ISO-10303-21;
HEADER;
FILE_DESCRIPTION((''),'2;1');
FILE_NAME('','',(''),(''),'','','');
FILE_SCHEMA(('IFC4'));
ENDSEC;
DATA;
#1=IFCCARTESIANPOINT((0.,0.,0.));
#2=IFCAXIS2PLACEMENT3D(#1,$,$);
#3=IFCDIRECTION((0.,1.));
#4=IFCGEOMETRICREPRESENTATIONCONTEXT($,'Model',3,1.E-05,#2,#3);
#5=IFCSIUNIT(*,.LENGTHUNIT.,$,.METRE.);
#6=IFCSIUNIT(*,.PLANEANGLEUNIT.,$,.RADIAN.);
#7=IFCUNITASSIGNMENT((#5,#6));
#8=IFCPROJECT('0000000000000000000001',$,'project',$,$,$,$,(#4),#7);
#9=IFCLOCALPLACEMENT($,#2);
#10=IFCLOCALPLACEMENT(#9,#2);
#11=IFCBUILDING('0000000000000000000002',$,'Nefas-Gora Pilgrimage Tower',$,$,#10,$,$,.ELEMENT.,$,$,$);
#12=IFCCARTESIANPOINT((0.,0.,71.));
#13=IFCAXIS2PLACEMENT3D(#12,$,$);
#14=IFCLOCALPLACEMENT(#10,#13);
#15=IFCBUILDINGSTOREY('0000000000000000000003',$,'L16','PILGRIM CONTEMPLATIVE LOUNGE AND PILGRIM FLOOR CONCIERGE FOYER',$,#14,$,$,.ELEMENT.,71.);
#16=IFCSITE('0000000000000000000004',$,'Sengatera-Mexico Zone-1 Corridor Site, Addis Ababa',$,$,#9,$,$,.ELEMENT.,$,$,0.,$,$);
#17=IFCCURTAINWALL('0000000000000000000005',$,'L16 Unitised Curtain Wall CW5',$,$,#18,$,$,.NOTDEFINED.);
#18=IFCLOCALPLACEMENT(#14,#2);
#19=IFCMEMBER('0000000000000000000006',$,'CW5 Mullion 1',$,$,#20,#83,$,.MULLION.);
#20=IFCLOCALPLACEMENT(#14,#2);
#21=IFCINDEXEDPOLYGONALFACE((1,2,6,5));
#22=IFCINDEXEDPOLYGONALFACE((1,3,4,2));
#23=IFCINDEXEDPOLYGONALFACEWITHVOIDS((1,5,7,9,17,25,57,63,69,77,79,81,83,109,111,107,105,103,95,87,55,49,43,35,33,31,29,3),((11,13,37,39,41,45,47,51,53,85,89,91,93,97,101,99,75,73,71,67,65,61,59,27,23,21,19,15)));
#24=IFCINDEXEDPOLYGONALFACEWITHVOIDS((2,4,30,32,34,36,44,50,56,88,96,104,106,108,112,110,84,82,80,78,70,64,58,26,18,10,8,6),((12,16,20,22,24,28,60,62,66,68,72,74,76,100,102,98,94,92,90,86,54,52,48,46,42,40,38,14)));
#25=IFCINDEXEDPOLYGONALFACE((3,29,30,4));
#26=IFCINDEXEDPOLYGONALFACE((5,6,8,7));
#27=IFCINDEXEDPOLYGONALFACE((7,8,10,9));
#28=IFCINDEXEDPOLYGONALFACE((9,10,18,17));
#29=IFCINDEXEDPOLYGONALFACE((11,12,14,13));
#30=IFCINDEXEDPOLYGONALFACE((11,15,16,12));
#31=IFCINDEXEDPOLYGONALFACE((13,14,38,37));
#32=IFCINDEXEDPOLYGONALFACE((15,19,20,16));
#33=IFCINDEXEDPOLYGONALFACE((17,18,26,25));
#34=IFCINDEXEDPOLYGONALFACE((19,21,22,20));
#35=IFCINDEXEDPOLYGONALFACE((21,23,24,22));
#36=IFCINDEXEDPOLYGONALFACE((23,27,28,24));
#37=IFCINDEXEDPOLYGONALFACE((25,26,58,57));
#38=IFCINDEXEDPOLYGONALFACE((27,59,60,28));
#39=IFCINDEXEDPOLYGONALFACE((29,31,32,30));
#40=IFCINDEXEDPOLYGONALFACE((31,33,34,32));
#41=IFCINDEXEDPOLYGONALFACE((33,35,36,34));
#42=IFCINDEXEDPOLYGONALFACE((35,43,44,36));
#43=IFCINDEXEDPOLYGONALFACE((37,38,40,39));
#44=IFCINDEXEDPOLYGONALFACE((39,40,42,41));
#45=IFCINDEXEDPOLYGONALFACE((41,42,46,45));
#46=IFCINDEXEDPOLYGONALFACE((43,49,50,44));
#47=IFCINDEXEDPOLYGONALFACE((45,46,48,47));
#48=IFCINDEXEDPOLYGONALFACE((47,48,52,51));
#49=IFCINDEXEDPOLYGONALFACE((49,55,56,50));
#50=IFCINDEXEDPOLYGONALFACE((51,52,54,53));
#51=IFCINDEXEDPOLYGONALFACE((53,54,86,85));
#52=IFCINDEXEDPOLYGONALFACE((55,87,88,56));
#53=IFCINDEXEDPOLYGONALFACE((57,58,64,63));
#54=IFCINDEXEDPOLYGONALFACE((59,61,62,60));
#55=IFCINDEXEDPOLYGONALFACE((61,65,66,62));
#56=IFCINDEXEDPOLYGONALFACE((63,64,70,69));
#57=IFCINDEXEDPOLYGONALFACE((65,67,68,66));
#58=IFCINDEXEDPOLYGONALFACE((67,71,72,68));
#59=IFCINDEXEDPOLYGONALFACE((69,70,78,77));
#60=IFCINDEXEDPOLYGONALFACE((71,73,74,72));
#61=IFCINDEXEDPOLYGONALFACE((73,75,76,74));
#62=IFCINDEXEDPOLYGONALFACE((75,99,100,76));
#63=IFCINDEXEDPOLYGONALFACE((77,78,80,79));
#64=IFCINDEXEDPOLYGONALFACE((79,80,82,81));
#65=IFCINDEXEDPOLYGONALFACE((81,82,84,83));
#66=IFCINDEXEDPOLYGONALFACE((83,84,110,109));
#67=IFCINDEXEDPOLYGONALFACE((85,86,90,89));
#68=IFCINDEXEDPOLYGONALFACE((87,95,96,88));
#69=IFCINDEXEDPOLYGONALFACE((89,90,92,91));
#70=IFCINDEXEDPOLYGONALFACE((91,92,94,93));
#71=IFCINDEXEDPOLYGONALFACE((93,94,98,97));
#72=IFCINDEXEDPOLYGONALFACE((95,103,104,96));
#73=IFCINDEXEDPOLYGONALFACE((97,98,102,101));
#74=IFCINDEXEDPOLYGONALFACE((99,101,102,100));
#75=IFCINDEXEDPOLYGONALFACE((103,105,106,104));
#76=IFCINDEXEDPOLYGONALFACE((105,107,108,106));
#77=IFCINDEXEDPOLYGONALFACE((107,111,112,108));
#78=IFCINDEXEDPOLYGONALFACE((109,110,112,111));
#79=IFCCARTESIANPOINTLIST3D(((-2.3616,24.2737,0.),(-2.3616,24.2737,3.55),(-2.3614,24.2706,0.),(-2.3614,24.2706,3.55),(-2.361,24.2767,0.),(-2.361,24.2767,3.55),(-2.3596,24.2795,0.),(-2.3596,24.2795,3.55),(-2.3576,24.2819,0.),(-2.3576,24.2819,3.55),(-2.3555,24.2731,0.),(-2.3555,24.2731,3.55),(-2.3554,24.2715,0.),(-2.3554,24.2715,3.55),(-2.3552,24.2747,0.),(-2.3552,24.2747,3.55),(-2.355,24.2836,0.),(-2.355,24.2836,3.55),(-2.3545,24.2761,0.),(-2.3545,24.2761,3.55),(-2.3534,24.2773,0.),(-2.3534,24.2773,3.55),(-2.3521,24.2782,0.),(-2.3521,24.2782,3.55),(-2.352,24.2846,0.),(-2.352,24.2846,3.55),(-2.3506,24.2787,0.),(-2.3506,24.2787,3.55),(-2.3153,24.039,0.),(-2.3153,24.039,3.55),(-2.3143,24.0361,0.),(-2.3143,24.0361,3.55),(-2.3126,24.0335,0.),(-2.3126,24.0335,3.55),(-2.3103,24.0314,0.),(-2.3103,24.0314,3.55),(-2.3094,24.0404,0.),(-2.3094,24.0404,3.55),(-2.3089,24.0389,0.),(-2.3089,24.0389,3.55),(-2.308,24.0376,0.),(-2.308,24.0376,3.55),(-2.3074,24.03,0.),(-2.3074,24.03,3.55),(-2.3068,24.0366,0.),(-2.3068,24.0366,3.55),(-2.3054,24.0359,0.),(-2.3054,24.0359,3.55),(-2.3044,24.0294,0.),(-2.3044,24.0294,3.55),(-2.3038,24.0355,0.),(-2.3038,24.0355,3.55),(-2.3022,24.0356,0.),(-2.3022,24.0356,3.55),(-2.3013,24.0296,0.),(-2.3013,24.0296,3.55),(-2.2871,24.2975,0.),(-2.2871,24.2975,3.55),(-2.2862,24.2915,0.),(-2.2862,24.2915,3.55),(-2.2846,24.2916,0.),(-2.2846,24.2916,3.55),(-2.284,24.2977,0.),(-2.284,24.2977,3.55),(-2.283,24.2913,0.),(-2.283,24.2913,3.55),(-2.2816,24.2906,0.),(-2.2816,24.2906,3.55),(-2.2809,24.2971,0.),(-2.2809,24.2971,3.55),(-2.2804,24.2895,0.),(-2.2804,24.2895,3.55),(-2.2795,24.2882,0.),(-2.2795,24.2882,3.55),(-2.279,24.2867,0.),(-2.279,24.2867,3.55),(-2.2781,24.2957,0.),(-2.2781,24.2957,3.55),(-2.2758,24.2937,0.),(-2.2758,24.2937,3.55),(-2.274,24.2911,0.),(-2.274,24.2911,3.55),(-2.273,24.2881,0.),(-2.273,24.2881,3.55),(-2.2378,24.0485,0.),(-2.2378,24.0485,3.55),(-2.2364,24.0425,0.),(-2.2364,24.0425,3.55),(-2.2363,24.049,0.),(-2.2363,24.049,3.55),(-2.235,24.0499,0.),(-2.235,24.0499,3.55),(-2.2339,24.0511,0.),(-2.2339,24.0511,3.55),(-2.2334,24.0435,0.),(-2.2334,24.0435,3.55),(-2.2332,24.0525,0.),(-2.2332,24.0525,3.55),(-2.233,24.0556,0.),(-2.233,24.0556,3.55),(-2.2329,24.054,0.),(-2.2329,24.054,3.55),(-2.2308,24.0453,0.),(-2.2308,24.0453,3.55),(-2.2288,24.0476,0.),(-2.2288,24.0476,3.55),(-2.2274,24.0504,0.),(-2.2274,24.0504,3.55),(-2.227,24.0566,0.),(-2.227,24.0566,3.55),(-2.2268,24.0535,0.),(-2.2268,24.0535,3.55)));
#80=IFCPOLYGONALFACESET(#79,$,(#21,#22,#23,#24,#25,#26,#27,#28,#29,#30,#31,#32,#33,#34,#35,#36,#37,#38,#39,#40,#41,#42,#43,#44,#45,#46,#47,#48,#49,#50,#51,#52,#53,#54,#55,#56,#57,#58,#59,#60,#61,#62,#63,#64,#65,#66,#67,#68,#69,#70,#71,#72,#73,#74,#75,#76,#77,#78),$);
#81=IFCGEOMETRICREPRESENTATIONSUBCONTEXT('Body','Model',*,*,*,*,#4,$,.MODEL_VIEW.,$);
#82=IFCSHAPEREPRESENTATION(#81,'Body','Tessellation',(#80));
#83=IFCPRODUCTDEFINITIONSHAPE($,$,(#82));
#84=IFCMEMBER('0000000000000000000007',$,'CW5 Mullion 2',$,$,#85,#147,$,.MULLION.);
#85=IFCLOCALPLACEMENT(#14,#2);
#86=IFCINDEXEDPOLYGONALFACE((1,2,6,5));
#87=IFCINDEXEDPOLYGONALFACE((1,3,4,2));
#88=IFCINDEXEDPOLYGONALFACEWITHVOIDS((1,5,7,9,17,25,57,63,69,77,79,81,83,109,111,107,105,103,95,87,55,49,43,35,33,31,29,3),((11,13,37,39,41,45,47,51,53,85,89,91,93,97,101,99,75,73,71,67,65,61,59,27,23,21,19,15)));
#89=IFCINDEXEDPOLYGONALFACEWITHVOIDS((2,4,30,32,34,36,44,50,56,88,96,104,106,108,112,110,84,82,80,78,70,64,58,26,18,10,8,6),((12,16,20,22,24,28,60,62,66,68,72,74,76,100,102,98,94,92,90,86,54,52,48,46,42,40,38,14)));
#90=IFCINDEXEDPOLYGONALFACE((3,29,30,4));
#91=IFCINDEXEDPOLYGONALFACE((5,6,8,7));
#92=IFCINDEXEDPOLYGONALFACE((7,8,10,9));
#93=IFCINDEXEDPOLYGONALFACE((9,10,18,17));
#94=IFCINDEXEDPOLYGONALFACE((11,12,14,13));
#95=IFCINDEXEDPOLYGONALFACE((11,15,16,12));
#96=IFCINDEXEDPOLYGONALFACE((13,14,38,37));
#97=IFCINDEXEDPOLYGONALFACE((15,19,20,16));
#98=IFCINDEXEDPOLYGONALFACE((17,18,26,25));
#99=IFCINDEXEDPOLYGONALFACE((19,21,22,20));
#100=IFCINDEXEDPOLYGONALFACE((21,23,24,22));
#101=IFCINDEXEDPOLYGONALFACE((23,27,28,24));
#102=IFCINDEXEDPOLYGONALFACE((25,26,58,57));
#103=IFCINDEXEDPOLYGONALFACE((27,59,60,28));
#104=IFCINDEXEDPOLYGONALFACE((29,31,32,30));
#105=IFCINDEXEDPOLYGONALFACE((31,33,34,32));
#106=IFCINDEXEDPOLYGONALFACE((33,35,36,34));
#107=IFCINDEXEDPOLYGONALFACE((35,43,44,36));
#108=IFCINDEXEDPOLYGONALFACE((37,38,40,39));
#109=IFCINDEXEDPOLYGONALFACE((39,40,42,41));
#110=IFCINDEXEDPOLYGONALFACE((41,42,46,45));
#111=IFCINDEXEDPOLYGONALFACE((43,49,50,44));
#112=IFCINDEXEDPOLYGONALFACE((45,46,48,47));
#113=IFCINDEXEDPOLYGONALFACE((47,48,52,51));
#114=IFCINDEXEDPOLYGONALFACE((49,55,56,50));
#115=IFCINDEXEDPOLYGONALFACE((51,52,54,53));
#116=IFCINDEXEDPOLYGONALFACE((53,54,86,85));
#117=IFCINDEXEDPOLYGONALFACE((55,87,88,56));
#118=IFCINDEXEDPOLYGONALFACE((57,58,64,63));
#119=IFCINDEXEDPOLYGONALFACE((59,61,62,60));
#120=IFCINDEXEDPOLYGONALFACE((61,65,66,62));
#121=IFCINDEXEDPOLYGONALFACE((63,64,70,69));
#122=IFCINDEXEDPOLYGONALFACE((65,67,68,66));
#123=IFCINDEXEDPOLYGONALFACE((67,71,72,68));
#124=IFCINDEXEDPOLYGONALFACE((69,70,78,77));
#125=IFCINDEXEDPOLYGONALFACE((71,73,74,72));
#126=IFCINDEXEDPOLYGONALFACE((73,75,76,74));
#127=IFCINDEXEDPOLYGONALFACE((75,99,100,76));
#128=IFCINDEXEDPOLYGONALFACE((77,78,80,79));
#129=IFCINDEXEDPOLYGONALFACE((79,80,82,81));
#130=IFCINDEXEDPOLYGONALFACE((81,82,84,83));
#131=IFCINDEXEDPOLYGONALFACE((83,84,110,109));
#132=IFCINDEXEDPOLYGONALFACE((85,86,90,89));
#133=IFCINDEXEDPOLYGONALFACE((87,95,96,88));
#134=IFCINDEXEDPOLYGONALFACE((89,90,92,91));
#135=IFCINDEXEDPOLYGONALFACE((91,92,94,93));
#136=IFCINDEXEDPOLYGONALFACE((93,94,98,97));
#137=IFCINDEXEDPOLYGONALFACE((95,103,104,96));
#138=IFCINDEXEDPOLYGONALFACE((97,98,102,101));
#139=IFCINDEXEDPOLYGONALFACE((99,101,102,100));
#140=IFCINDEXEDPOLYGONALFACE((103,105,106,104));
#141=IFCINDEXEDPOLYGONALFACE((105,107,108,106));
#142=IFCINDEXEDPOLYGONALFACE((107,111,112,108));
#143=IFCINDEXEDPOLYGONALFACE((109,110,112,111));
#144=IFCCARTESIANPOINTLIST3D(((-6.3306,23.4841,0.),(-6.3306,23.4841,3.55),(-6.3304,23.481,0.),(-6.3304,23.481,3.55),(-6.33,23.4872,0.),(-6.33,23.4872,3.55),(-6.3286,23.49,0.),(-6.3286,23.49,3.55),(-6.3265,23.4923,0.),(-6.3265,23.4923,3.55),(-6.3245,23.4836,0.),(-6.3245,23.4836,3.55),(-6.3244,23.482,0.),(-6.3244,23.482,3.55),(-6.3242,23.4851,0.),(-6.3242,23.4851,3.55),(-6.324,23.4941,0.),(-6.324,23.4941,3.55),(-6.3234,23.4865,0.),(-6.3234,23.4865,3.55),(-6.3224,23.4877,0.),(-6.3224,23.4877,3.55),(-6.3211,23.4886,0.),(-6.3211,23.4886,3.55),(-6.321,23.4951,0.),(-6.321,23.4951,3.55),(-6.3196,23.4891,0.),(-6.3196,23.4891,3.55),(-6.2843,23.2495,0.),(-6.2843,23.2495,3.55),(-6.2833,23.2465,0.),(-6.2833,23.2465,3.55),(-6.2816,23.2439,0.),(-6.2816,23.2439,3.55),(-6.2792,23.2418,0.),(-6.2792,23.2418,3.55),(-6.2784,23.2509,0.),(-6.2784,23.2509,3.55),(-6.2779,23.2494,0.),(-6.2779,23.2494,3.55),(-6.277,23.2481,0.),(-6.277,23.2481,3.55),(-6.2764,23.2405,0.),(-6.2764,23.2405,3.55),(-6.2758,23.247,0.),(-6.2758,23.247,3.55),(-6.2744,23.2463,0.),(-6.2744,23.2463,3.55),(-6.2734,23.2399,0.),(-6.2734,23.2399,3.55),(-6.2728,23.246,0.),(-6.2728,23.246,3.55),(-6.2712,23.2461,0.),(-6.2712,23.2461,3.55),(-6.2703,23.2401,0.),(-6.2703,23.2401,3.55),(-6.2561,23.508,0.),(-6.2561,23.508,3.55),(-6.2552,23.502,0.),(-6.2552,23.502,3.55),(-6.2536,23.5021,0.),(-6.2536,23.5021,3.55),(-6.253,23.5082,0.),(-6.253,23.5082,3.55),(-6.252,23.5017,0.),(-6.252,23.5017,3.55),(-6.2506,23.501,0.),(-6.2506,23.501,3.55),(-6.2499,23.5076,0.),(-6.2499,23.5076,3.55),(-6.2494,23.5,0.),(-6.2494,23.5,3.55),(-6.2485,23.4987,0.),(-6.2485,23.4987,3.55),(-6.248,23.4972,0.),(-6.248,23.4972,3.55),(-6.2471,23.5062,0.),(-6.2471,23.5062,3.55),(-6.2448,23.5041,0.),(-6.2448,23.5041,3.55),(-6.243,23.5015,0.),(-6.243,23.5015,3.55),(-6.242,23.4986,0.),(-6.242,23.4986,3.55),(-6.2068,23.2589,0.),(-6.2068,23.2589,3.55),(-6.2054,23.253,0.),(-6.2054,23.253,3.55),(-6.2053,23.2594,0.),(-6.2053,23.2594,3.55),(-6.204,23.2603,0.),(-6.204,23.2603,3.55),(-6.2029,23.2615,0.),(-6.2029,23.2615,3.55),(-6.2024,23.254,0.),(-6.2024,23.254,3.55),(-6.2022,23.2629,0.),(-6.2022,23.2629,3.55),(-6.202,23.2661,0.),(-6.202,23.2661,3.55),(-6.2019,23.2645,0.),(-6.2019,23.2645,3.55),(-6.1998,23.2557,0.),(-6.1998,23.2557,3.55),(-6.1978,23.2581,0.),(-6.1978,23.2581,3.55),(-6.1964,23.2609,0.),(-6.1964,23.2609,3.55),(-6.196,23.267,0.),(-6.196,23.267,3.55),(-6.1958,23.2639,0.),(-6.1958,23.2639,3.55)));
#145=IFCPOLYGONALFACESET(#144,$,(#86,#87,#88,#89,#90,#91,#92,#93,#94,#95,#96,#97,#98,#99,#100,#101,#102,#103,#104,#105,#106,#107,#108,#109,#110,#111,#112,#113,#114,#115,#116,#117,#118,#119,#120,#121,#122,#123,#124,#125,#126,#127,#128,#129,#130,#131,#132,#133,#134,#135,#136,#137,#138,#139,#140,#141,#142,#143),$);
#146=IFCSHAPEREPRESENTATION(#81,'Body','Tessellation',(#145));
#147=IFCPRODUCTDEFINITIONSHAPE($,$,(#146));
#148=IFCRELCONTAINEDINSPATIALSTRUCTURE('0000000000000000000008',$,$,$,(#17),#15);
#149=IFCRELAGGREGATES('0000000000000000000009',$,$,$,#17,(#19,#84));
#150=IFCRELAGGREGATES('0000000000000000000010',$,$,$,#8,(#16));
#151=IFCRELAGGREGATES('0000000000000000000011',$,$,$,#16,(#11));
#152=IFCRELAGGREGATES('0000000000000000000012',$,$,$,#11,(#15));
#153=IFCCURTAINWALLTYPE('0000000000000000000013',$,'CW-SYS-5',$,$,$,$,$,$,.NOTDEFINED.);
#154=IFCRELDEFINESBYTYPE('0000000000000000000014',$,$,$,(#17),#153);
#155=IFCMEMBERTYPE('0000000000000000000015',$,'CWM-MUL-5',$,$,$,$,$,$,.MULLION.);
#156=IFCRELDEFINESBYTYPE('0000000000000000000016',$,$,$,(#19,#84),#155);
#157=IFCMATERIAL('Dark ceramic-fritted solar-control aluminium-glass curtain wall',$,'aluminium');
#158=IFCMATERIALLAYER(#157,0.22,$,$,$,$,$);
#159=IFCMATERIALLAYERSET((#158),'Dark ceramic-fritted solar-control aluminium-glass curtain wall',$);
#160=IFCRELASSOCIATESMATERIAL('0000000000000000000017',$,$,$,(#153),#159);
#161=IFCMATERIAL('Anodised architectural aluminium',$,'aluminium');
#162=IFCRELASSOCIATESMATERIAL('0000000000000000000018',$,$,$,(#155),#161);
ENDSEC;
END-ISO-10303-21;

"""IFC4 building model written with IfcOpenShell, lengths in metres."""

from ifc_helpers import new_model, si_unit, direction, frame, origin, origin_2d, place, context, subcontext, project, spatial, hollow_rectangle, extrude, source, transform, mapped, material, layer, layer_set, material_profile, profile_set, type_object, element, aggregate, save


model = new_model("IFC4")

# Units and contexts
model_context = context("Model", 3, precision=1e-05, world=origin(), true_north=direction((0.0, 1.0)))
body_context = subcontext(model_context, "Body", "Model", "MODEL_VIEW")
ifc_project = project(units=[si_unit("LENGTHUNIT", "METRE"), si_unit("PLANEANGLEUNIT", "RADIAN")], contexts=[model_context])

# Site, building, storey
site_placement = place(None, origin())
site = spatial("IfcSite", under=ifc_project, at=site_placement, Name="Sengatera-Mexico Zone-1 Corridor Site, Addis Ababa", CompositionType="ELEMENT", RefElevation=0.0)
building_placement = place(site_placement, origin())
building = spatial("IfcBuilding", under=site, at=building_placement, Name="Nefas-Gora Pilgrimage Tower", CompositionType="ELEMENT")
storey_placement = place(building_placement, frame((0.0, 0.0, 71.0)))
storey = spatial("IfcBuildingStorey", under=building, at=storey_placement, Name="L16", Description="PILGRIM CONTEMPLATIVE LOUNGE AND PILGRIM FLOOR CONCIERGE FOYER", CompositionType="ELEMENT", Elevation=71.0)

# Shared definitions
ifc_material_1 = material(Name="Dark ceramic-fritted solar-control aluminium-glass curtain wall", Category="aluminium")
ifc_layer_1 = layer(ifc_material_1, 0.22)
ifc_layer_set_1 = layer_set([ifc_layer_1], Name="Dark ceramic-fritted solar-control aluminium-glass curtain wall")
curtain_wall_type = type_object("IfcCurtainWallType", Name="CW-SYS-5", PredefinedType="NOTDEFINED", material=ifc_layer_set_1)
ifc_material_2 = material(Name="Anodised architectural aluminium", Category="aluminium")
ifc_material_profile_1 = material_profile(ifc_material_2, hollow_rectangle(XDim=0.0901, YDim=0.26, WallThickness=0.0061, InnerFilletRadius=0.0061, OuterFilletRadius=0.012, at=origin_2d()), Name="ALU MULLION 90x260")
ifc_profile_set_1 = profile_set([ifc_material_profile_1], Name="Anodised architectural aluminium")
member_type_1 = type_object("IfcMemberType", Name="CWM-MUL-5", PredefinedType="MULLION", material=ifc_profile_set_1)
shared_shape_1 = source(origin(), body_context, "Body", "SweptSolid", [
    extrude(hollow_rectangle(XDim=0.0901, YDim=0.26, WallThickness=0.0061, InnerFilletRadius=0.0061, OuterFilletRadius=0.012, at=origin_2d()), origin(), (0.0, 0.0, 1.0), 3.55),
])

# Curtain wall, members
curtain_wall_1_placement = place(storey_placement, origin())
curtain_wall_1 = element("IfcCurtainWall", 1, at=curtain_wall_1_placement, inside=storey, type_object=curtain_wall_type, Name="L16 Unitised Curtain Wall CW5", PredefinedType="NOTDEFINED")
member_1_placement = place(storey_placement, frame((-2.2942, 24.1636, 0.0), z_axis=(0.0, 0.0, 1.0), x_axis=(-0.980783, -0.195102, 0.0)))
member_1 = element("IfcMember", 2, at=member_1_placement, type_object=member_type_1, Name="CW5 Mullion 1", PredefinedType="MULLION", context=body_context, shape_type="MappedRepresentation", body=[
    mapped(shared_shape_1, transform((0.0, 0.0, 0.0), x_axis=(1.0, 0.0, 0.0), y_axis=(0.0, 1.0, 0.0), z_axis=(0.0, 0.0, 1.0), scale=1.0)),
])
member_2_placement = place(storey_placement, frame((-6.2632, 23.374, 0.0), z_axis=(0.0, 0.0, 1.0), x_axis=(-0.980783, -0.195102, 0.0)))
member_2 = element("IfcMember", 3, at=member_2_placement, type_object=member_type_1, Name="CW5 Mullion 2", PredefinedType="MULLION", context=body_context, shape_type="MappedRepresentation", body=[
    mapped(shared_shape_1, transform((0.0, 0.0, 0.0), x_axis=(1.0, 0.0, 0.0), y_axis=(0.0, 1.0, 0.0), z_axis=(0.0, 0.0, 1.0), scale=1.0)),
])

aggregate(curtain_wall_1, [member_1, member_2])

save(model, "model.ifc")
